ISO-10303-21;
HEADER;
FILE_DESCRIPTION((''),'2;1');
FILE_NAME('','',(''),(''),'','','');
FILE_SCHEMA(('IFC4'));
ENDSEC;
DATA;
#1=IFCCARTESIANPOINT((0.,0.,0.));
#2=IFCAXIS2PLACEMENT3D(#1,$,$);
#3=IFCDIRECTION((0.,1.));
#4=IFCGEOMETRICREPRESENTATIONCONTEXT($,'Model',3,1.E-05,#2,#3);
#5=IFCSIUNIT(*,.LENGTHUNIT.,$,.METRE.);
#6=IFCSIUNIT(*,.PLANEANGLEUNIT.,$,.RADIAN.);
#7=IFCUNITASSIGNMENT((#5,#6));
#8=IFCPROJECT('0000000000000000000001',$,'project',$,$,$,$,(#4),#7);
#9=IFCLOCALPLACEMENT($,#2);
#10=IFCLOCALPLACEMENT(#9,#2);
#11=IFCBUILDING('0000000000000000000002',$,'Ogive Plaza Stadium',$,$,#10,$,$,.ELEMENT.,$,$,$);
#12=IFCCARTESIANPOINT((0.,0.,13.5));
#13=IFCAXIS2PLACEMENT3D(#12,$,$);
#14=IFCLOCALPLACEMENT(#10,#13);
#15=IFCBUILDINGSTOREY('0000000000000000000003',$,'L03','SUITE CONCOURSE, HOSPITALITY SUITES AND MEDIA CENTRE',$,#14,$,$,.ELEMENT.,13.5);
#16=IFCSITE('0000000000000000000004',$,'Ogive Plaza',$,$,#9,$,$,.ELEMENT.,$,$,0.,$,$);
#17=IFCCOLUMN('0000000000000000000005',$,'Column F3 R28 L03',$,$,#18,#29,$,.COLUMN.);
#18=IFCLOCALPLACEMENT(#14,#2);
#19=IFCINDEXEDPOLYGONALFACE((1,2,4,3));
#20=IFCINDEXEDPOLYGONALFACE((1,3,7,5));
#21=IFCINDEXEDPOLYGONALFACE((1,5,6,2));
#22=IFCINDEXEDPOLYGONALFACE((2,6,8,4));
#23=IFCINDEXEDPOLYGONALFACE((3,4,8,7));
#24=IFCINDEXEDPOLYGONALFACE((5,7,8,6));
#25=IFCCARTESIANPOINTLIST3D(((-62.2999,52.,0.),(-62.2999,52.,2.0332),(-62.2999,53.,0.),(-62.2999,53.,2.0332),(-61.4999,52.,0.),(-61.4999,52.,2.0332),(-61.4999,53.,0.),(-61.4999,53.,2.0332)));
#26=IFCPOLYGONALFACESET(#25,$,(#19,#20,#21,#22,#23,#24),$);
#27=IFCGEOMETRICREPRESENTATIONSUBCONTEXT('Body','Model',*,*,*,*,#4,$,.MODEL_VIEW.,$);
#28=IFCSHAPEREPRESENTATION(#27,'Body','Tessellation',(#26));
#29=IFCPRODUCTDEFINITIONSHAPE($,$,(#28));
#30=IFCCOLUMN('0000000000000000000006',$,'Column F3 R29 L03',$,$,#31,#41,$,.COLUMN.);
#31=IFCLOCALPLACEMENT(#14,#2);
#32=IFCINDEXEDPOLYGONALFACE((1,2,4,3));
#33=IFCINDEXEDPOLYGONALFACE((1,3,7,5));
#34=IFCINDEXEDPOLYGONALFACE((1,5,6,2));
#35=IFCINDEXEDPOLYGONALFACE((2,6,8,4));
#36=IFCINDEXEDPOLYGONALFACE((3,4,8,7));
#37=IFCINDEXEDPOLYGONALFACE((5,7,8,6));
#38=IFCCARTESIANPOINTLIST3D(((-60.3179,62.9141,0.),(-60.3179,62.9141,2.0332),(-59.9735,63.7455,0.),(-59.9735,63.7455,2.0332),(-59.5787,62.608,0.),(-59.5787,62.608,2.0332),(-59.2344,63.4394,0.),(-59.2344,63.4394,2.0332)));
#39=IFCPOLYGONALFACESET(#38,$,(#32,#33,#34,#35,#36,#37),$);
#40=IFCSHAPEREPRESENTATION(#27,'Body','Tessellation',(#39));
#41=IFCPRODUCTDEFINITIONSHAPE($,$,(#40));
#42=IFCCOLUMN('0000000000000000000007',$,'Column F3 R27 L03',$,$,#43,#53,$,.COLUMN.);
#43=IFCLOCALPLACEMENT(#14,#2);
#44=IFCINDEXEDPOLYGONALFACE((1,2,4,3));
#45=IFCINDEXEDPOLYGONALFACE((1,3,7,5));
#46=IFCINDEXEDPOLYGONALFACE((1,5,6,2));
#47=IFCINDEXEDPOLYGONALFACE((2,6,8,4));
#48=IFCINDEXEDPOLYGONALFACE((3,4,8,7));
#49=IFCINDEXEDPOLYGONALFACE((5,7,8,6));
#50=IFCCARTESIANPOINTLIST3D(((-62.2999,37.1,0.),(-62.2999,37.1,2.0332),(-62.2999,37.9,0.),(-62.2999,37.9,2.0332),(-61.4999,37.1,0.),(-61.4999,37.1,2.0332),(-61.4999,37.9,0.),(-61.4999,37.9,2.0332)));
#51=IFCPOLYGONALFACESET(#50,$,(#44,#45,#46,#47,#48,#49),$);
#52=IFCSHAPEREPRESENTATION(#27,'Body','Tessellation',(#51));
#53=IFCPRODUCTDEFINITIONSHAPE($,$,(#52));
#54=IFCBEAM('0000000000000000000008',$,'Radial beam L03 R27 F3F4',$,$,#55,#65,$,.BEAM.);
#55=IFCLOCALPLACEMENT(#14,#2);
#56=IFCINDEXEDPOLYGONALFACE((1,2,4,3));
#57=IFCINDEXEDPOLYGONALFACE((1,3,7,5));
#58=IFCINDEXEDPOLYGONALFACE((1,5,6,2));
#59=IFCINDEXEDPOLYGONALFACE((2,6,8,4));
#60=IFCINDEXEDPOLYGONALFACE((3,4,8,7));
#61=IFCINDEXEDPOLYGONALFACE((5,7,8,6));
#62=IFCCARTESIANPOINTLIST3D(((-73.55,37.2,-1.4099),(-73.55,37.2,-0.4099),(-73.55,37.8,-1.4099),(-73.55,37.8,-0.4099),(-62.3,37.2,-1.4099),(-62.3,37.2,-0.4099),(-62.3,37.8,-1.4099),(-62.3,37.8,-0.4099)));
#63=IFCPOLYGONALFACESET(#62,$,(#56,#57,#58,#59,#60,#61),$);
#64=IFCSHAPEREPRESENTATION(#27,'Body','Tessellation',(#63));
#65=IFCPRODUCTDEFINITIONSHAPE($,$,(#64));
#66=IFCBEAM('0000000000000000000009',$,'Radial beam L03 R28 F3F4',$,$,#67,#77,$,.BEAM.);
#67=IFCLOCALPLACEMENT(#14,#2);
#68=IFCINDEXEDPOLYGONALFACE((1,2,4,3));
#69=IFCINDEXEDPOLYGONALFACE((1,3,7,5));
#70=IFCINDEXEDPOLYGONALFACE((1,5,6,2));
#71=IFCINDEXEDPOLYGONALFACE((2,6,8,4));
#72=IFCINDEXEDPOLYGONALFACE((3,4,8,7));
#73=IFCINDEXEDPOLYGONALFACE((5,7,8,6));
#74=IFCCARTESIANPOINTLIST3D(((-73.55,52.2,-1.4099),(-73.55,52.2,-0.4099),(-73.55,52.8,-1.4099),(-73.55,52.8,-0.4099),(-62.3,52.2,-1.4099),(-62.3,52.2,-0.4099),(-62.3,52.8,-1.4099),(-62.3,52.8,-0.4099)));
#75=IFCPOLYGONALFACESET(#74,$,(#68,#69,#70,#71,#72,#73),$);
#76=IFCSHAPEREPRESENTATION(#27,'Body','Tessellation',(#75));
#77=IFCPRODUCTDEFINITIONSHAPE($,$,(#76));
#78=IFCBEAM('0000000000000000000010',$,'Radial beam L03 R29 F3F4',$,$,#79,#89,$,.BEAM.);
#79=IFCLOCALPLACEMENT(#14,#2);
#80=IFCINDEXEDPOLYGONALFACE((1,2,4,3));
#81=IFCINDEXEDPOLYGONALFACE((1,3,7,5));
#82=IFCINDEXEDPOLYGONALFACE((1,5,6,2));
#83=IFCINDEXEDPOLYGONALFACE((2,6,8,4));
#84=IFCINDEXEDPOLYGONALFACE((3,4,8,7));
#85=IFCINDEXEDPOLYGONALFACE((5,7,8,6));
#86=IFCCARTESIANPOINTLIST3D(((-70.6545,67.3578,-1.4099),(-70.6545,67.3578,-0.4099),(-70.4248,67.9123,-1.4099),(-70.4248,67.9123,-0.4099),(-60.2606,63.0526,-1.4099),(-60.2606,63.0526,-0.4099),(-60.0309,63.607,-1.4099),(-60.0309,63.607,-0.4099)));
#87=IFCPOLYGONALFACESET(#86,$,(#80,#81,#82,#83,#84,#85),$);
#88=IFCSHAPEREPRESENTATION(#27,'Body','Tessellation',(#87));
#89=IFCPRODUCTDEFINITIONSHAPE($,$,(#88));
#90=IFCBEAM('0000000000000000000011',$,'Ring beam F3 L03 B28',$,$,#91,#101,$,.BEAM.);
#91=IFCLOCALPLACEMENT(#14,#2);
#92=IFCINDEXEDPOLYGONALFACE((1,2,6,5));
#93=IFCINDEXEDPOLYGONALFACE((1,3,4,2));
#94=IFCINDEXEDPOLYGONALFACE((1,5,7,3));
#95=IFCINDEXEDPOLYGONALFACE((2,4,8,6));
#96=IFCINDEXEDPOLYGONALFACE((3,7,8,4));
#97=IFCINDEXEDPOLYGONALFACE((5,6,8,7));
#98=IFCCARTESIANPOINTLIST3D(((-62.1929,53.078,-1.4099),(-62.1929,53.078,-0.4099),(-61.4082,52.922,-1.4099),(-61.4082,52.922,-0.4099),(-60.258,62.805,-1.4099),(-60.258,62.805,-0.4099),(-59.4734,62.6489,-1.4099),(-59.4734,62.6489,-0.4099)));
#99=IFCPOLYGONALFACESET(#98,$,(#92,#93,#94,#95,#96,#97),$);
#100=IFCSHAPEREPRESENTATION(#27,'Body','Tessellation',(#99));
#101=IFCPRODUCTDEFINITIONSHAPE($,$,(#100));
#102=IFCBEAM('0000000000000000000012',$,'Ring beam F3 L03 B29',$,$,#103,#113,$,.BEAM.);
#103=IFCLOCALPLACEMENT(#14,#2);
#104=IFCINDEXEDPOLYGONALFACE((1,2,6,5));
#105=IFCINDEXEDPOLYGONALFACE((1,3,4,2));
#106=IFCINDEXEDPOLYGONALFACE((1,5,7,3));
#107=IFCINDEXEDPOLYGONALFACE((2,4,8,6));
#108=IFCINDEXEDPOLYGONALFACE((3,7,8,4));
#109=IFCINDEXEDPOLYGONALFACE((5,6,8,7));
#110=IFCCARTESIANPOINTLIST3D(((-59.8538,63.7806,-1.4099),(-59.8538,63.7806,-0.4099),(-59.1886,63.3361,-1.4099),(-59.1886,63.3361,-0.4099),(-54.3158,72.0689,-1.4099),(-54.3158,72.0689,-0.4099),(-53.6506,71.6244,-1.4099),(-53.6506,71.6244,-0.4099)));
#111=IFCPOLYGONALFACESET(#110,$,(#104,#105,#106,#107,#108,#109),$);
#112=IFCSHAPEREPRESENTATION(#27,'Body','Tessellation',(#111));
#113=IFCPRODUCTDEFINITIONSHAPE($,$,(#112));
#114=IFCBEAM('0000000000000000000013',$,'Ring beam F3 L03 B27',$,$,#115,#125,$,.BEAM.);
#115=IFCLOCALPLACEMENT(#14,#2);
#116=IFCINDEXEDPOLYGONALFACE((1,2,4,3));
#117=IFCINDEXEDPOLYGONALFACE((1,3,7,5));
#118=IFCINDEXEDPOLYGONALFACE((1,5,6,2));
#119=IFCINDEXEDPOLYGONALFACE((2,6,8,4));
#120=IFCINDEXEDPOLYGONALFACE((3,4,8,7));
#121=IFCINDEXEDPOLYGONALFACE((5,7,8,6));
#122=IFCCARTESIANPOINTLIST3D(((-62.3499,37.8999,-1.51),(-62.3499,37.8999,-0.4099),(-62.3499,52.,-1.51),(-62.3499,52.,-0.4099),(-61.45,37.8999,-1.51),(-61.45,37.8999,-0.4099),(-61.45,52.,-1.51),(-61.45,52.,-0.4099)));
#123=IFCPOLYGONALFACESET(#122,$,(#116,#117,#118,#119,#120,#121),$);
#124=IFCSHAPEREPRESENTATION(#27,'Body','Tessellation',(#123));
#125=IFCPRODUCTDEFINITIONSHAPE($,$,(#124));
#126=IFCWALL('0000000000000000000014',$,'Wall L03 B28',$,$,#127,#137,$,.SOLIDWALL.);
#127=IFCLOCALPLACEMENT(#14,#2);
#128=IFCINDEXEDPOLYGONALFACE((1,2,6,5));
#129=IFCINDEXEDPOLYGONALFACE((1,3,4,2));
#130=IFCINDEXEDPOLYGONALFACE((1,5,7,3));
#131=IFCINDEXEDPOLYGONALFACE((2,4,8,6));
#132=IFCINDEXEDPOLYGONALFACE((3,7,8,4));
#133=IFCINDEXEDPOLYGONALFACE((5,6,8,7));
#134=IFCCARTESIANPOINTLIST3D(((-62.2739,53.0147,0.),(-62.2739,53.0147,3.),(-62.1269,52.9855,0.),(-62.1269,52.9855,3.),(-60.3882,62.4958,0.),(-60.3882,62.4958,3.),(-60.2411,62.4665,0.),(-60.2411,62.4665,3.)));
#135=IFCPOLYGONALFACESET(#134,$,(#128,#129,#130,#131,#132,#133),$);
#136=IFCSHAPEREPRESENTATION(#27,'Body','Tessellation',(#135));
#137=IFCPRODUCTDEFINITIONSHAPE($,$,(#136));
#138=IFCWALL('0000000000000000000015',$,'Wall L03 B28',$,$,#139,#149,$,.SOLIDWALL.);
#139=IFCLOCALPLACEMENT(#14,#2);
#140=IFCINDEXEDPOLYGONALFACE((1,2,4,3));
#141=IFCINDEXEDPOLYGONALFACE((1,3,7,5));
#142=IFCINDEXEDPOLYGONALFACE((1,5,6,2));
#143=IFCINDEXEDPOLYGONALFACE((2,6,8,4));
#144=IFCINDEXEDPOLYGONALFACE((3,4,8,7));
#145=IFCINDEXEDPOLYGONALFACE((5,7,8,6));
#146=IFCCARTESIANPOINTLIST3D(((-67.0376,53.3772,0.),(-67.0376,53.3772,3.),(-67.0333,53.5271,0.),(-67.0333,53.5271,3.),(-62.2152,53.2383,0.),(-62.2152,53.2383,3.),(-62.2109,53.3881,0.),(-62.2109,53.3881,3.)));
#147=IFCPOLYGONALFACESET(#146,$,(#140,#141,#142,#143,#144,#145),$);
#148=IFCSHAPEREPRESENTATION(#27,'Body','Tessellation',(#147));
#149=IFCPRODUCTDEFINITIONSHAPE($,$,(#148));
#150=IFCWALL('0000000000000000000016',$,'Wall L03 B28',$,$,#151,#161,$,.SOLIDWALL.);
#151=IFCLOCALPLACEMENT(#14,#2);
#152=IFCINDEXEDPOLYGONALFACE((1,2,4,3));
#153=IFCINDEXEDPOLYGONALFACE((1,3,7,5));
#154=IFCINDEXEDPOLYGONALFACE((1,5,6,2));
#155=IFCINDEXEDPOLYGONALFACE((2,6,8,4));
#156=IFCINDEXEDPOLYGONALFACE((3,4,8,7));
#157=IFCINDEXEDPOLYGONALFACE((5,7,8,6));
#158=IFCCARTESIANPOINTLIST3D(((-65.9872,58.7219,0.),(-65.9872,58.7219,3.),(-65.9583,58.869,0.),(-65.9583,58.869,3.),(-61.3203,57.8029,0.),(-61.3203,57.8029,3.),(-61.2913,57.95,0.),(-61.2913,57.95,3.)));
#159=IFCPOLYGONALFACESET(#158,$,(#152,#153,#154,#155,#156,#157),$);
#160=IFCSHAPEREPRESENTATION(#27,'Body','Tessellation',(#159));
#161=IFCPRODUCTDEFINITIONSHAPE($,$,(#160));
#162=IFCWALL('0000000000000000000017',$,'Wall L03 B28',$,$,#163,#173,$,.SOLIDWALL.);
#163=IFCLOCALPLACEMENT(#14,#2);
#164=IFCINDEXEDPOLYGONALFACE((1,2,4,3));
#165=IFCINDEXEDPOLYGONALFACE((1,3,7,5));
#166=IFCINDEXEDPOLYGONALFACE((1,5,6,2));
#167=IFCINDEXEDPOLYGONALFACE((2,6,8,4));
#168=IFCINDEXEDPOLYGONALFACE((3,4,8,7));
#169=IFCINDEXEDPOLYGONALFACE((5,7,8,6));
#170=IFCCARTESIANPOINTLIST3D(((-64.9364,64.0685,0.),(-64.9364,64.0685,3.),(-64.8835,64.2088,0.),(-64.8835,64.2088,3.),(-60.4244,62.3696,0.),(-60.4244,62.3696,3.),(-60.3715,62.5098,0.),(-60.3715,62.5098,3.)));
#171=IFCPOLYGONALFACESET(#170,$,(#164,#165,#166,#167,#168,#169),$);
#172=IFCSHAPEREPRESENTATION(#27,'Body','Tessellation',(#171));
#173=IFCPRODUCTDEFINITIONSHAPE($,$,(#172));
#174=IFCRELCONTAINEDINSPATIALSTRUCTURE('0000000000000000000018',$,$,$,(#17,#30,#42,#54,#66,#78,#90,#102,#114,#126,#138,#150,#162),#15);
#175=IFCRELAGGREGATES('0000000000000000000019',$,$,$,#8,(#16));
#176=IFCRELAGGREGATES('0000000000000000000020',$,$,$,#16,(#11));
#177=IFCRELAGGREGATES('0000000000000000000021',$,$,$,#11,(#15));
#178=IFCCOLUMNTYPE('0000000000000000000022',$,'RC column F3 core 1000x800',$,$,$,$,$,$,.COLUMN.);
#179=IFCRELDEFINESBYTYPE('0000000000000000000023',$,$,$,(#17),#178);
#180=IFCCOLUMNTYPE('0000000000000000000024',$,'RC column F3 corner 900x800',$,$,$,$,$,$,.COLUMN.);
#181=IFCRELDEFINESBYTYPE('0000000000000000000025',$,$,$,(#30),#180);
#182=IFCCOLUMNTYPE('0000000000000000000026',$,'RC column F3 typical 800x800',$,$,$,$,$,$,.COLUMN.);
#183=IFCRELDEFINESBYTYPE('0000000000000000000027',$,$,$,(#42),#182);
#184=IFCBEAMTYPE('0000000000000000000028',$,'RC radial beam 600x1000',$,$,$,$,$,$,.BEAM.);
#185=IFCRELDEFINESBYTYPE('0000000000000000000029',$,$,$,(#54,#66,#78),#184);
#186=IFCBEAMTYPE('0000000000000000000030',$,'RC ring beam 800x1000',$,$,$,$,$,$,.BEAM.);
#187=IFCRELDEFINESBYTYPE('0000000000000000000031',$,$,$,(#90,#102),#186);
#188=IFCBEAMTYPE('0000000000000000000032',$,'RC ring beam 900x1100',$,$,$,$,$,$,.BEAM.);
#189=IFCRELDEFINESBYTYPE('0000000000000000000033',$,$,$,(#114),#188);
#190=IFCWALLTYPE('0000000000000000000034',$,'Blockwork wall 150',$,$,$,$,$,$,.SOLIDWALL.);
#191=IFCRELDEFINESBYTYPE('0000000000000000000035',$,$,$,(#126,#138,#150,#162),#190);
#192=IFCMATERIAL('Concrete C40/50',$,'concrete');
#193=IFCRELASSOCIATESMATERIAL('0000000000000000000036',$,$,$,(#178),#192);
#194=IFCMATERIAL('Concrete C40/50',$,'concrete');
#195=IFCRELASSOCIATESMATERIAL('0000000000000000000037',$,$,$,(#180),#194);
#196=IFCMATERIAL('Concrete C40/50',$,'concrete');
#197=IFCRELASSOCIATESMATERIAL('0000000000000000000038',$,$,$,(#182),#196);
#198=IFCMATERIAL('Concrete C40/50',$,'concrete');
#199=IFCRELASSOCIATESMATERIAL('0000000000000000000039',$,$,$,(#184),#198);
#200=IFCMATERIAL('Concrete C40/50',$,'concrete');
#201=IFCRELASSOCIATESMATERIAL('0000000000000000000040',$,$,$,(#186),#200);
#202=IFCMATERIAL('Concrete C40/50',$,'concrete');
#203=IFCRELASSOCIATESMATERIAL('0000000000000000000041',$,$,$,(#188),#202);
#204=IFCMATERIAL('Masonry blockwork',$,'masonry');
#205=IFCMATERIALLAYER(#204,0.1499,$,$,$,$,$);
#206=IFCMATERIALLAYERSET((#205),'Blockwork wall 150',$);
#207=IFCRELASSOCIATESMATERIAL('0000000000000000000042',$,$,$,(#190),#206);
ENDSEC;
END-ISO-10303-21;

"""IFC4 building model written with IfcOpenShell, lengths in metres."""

from ifc_helpers import new_model, si_unit, direction, frame, frame_2d, origin, origin_2d, place, context, subcontext, project, spatial, rectangle, extrude, material, layer, layer_set, material_profile, profile_set, type_object, element, save


model = new_model("IFC4")

# Units and contexts
model_context = context("Model", 3, precision=1e-05, world=origin(), true_north=direction((0.0, 1.0)))
body_context = subcontext(model_context, "Body", "Model", "MODEL_VIEW")
ifc_project = project(units=[si_unit("LENGTHUNIT", "METRE"), si_unit("PLANEANGLEUNIT", "RADIAN")], contexts=[model_context])

# Site, building, storey
site_placement = place(None, origin())
site = spatial("IfcSite", under=ifc_project, at=site_placement, Name="Ogive Plaza", CompositionType="ELEMENT", RefElevation=0.0)
building_placement = place(site_placement, origin())
building = spatial("IfcBuilding", under=site, at=building_placement, Name="Ogive Plaza Stadium", CompositionType="ELEMENT")
storey_placement = place(building_placement, frame((0.0, 0.0, 13.5)))
storey = spatial("IfcBuildingStorey", under=building, at=storey_placement, Name="L03", Description="SUITE CONCOURSE, HOSPITALITY SUITES AND MEDIA CENTRE", CompositionType="ELEMENT", Elevation=13.5)

# Columns
ifc_material_1 = material(Name="Concrete C40/50", Category="concrete")
ifc_material_profile_1 = material_profile(ifc_material_1, rectangle(XDim=1.0, YDim=0.8, at=origin_2d()), Name="RC 1000x800")
ifc_profile_set_1 = profile_set([ifc_material_profile_1], Name="Concrete C40/50")
column_type_1 = type_object("IfcColumnType", Name="RC column F3 core 1000x800", PredefinedType="COLUMN", material=ifc_profile_set_1)
column_1_placement = place(storey_placement, frame((-61.8999, 52.5, 0.0), z_axis=(0.0, 0.0, 1.0), x_axis=(0.0, -1.0, 0.0)))
element("IfcColumn", 1, at=column_1_placement, inside=storey, type_object=column_type_1, Name="Column F3 R28 L03", PredefinedType="COLUMN", context=body_context, shape_type="SweptSolid", body=[
    extrude(rectangle(XDim=1.0, YDim=0.8, at=origin_2d()), origin(), (0.0, 0.0, 1.0), 2.0332),
])
ifc_material_2 = material(Name="Concrete C40/50", Category="concrete")
ifc_material_profile_2 = material_profile(ifc_material_2, rectangle(XDim=0.8999, YDim=0.8, at=origin_2d()), Name="RC 900x800")
ifc_profile_set_2 = profile_set([ifc_material_profile_2], Name="Concrete C40/50")
column_type_2 = type_object("IfcColumnType", Name="RC column F3 corner 900x800", PredefinedType="COLUMN", material=ifc_profile_set_2)
column_2_placement = place(storey_placement, frame((-59.7761, 63.1768, 0.0), z_axis=(0.0, 0.0, 1.0), x_axis=(-0.382683, -0.92388, 0.0)))
element("IfcColumn", 2, at=column_2_placement, inside=storey, type_object=column_type_2, Name="Column F3 R29 L03", PredefinedType="COLUMN", context=body_context, shape_type="SweptSolid", body=[
    extrude(rectangle(XDim=0.8999, YDim=0.8, at=origin_2d()), origin(), (0.0, 0.0, 1.0), 2.0332),
])
ifc_material_3 = material(Name="Concrete C40/50", Category="concrete")
ifc_material_profile_3 = material_profile(ifc_material_3, rectangle(XDim=0.8, YDim=0.8, at=origin_2d()), Name="RC 800x800")
ifc_profile_set_3 = profile_set([ifc_material_profile_3], Name="Concrete C40/50")
column_type_3 = type_object("IfcColumnType", Name="RC column F3 typical 800x800", PredefinedType="COLUMN", material=ifc_profile_set_3)
column_3_placement = place(storey_placement, frame((-61.8999, 37.5, 0.0), z_axis=(0.0, 0.0, 1.0), x_axis=(0.0, -1.0, 0.0)))
element("IfcColumn", 3, at=column_3_placement, inside=storey, type_object=column_type_3, Name="Column F3 R27 L03", PredefinedType="COLUMN", context=body_context, shape_type="SweptSolid", body=[
    extrude(rectangle(XDim=0.8, YDim=0.8, at=origin_2d()), origin(), (0.0, 0.0, 1.0), 2.0332),
])

# Beams
ifc_material_4 = material(Name="Concrete C40/50", Category="concrete")
ifc_material_profile_4 = material_profile(ifc_material_4, rectangle(XDim=0.6001, YDim=1.0, at=origin_2d()), Name="RC 600x1000")
ifc_profile_set_4 = profile_set([ifc_material_profile_4], Name="Concrete C40/50")
beam_type_1 = type_object("IfcBeamType", Name="RC radial beam 600x1000", PredefinedType="BEAM", material=ifc_profile_set_4)
for number, where, z_axis, x_axis, name in (
    (4, (-62.3, 37.5, -0.9099), (-1.0, 0.0, 0.0), (0.0, -1.0, 0.0), "Radial beam L03 R27 F3F4"),
    (5, (-62.3, 52.5, -0.9099), (-1.0, 0.0, 0.0), (0.0, -1.0, 0.0), "Radial beam L03 R28 F3F4"),
):
    element("IfcBeam", number, at=place(storey_placement, frame(where, z_axis=z_axis, x_axis=x_axis)), inside=storey, type_object=beam_type_1, Name=name, PredefinedType="BEAM", context=body_context, shape_type="SweptSolid", body=[
        extrude(rectangle(XDim=0.6001, YDim=1.0, at=origin_2d()), origin(), (0.0, 0.0, 1.0), 11.25),
    ])
beam_1_placement = place(storey_placement, frame((-60.1458, 63.3298, -0.9099), z_axis=(-0.923882, 0.382678, 0.0), x_axis=(-0.382678, -0.923882, 0.0)))
element("IfcBeam", 6, at=beam_1_placement, inside=storey, type_object=beam_type_1, Name="Radial beam L03 R29 F3F4", PredefinedType="BEAM", context=body_context, shape_type="SweptSolid", body=[
    extrude(rectangle(XDim=0.6001, YDim=1.0, at=origin_2d()), origin(), (0.0, 0.0, 1.0), 11.2502),
])
ifc_material_5 = material(Name="Concrete C40/50", Category="concrete")
ifc_material_profile_5 = material_profile(ifc_material_5, rectangle(XDim=0.8, YDim=1.0, at=origin_2d()), Name="RC 800x1000")
ifc_profile_set_5 = profile_set([ifc_material_profile_5], Name="Concrete C40/50")
beam_type_2 = type_object("IfcBeamType", Name="RC ring beam 800x1000", PredefinedType="BEAM", material=ifc_profile_set_5)
beam_2_placement = place(storey_placement, frame((-61.8005, 53.0, -0.9099), z_axis=(0.195093, 0.980785, 0.0), x_axis=(-0.980785, 0.195093, 0.0)))
element("IfcBeam", 7, at=beam_2_placement, inside=storey, type_object=beam_type_2, Name="Ring beam F3 L03 B28", PredefinedType="BEAM", context=body_context, shape_type="SweptSolid", body=[
    extrude(rectangle(XDim=0.8, YDim=1.0, at=origin_2d()), origin(), (0.0, 0.0, 1.0), 9.9175),
])
beam_3_placement = place(storey_placement, frame((-59.5212, 63.5583, -0.9099), z_axis=(0.55557, 0.83147, 0.0), x_axis=(-0.83147, 0.55557, 0.0)))
element("IfcBeam", 8, at=beam_3_placement, inside=storey, type_object=beam_type_2, Name="Ring beam F3 L03 B29", PredefinedType="BEAM", context=body_context, shape_type="SweptSolid", body=[
    extrude(rectangle(XDim=0.8, YDim=1.0, at=origin_2d()), origin(), (0.0, 0.0, 1.0), 9.9683),
])
ifc_material_6 = material(Name="Concrete C40/50", Category="concrete")
ifc_material_profile_6 = material_profile(ifc_material_6, rectangle(XDim=0.8999, YDim=1.1001, at=origin_2d()), Name="RC 900x1100")
ifc_profile_set_6 = profile_set([ifc_material_profile_6], Name="Concrete C40/50")
beam_type_3 = type_object("IfcBeamType", Name="RC ring beam 900x1100", PredefinedType="BEAM", material=ifc_profile_set_6)
beam_4_placement = place(storey_placement, frame((-61.8999, 37.8999, -0.96), z_axis=(0.0, 1.0, 0.0), x_axis=(-1.0, 0.0, 0.0)))
element("IfcBeam", 9, at=beam_4_placement, inside=storey, type_object=beam_type_3, Name="Ring beam F3 L03 B27", PredefinedType="BEAM", context=body_context, shape_type="SweptSolid", body=[
    extrude(rectangle(XDim=0.8999, YDim=1.1001, at=origin_2d()), origin(), (0.0, 0.0, 1.0), 14.1001),
])

# Walls
ifc_material_7 = material(Name="Masonry blockwork", Category="masonry")
ifc_layer_1 = layer(ifc_material_7, 0.1499)
ifc_layer_set_1 = layer_set([ifc_layer_1], Name="Blockwork wall 150")
wall_type_1 = type_object("IfcWallType", Name="Blockwork wall 150", PredefinedType="SOLIDWALL", material=ifc_layer_set_1)
wall_1_placement = place(storey_placement, frame((-62.2004, 53.0, 0.0), z_axis=(0.0, 0.0, 1.0), x_axis=(0.195077, 0.980788, 0.0)))
element("IfcWall", 10, at=wall_1_placement, inside=storey, type_object=wall_type_1, Name="Wall L03 B28", PredefinedType="SOLIDWALL", context=body_context, shape_type="SweptSolid", body=[
    extrude(rectangle(XDim=9.6667, YDim=0.1499, at=frame_2d((4.8335, 0.0))), origin(), (0.0, 0.0, 1.0), 3.0),
])
wall_2_placement = place(storey_placement, frame((-62.2131, 53.3132, 0.0), z_axis=(0.0, 0.0, 1.0), x_axis=(-0.999585, 0.028794, 0.0)))
element("IfcWall", 11, at=wall_2_placement, inside=storey, type_object=wall_type_1, Name="Wall L03 B28", PredefinedType="SOLIDWALL", context=body_context, shape_type="SweptSolid", body=[
    extrude(rectangle(XDim=4.8245, YDim=0.1499, at=frame_2d((2.4121, 0.0))), origin(), (0.0, 0.0, 1.0), 3.0),
])
wall_3_placement = place(storey_placement, frame((-61.3057, 57.8765, 0.0), z_axis=(0.0, 0.0, 1.0), x_axis=(-0.981161, 0.193194, 0.0)))
element("IfcWall", 12, at=wall_3_placement, inside=storey, type_object=wall_type_1, Name="Wall L03 B28", PredefinedType="SOLIDWALL", context=body_context, shape_type="SweptSolid", body=[
    extrude(rectangle(XDim=4.7566, YDim=0.1499, at=frame_2d((2.3784, 0.0))), origin(), (0.0, 0.0, 1.0), 3.0),
])
wall_4_placement = place(storey_placement, frame((-60.3979, 62.4397, 0.0), z_axis=(0.0, 0.0, 1.0), x_axis=(-0.935852, 0.352394, 0.0)))
element("IfcWall", 13, at=wall_4_placement, inside=storey, type_object=wall_type_1, Name="Wall L03 B28", PredefinedType="SOLIDWALL", context=body_context, shape_type="SweptSolid", body=[
    extrude(rectangle(XDim=4.8213, YDim=0.1499, at=frame_2d((2.4106, 0.0))), origin(), (0.0, 0.0, 1.0), 3.0),
])

save(model, "model.ifc")
